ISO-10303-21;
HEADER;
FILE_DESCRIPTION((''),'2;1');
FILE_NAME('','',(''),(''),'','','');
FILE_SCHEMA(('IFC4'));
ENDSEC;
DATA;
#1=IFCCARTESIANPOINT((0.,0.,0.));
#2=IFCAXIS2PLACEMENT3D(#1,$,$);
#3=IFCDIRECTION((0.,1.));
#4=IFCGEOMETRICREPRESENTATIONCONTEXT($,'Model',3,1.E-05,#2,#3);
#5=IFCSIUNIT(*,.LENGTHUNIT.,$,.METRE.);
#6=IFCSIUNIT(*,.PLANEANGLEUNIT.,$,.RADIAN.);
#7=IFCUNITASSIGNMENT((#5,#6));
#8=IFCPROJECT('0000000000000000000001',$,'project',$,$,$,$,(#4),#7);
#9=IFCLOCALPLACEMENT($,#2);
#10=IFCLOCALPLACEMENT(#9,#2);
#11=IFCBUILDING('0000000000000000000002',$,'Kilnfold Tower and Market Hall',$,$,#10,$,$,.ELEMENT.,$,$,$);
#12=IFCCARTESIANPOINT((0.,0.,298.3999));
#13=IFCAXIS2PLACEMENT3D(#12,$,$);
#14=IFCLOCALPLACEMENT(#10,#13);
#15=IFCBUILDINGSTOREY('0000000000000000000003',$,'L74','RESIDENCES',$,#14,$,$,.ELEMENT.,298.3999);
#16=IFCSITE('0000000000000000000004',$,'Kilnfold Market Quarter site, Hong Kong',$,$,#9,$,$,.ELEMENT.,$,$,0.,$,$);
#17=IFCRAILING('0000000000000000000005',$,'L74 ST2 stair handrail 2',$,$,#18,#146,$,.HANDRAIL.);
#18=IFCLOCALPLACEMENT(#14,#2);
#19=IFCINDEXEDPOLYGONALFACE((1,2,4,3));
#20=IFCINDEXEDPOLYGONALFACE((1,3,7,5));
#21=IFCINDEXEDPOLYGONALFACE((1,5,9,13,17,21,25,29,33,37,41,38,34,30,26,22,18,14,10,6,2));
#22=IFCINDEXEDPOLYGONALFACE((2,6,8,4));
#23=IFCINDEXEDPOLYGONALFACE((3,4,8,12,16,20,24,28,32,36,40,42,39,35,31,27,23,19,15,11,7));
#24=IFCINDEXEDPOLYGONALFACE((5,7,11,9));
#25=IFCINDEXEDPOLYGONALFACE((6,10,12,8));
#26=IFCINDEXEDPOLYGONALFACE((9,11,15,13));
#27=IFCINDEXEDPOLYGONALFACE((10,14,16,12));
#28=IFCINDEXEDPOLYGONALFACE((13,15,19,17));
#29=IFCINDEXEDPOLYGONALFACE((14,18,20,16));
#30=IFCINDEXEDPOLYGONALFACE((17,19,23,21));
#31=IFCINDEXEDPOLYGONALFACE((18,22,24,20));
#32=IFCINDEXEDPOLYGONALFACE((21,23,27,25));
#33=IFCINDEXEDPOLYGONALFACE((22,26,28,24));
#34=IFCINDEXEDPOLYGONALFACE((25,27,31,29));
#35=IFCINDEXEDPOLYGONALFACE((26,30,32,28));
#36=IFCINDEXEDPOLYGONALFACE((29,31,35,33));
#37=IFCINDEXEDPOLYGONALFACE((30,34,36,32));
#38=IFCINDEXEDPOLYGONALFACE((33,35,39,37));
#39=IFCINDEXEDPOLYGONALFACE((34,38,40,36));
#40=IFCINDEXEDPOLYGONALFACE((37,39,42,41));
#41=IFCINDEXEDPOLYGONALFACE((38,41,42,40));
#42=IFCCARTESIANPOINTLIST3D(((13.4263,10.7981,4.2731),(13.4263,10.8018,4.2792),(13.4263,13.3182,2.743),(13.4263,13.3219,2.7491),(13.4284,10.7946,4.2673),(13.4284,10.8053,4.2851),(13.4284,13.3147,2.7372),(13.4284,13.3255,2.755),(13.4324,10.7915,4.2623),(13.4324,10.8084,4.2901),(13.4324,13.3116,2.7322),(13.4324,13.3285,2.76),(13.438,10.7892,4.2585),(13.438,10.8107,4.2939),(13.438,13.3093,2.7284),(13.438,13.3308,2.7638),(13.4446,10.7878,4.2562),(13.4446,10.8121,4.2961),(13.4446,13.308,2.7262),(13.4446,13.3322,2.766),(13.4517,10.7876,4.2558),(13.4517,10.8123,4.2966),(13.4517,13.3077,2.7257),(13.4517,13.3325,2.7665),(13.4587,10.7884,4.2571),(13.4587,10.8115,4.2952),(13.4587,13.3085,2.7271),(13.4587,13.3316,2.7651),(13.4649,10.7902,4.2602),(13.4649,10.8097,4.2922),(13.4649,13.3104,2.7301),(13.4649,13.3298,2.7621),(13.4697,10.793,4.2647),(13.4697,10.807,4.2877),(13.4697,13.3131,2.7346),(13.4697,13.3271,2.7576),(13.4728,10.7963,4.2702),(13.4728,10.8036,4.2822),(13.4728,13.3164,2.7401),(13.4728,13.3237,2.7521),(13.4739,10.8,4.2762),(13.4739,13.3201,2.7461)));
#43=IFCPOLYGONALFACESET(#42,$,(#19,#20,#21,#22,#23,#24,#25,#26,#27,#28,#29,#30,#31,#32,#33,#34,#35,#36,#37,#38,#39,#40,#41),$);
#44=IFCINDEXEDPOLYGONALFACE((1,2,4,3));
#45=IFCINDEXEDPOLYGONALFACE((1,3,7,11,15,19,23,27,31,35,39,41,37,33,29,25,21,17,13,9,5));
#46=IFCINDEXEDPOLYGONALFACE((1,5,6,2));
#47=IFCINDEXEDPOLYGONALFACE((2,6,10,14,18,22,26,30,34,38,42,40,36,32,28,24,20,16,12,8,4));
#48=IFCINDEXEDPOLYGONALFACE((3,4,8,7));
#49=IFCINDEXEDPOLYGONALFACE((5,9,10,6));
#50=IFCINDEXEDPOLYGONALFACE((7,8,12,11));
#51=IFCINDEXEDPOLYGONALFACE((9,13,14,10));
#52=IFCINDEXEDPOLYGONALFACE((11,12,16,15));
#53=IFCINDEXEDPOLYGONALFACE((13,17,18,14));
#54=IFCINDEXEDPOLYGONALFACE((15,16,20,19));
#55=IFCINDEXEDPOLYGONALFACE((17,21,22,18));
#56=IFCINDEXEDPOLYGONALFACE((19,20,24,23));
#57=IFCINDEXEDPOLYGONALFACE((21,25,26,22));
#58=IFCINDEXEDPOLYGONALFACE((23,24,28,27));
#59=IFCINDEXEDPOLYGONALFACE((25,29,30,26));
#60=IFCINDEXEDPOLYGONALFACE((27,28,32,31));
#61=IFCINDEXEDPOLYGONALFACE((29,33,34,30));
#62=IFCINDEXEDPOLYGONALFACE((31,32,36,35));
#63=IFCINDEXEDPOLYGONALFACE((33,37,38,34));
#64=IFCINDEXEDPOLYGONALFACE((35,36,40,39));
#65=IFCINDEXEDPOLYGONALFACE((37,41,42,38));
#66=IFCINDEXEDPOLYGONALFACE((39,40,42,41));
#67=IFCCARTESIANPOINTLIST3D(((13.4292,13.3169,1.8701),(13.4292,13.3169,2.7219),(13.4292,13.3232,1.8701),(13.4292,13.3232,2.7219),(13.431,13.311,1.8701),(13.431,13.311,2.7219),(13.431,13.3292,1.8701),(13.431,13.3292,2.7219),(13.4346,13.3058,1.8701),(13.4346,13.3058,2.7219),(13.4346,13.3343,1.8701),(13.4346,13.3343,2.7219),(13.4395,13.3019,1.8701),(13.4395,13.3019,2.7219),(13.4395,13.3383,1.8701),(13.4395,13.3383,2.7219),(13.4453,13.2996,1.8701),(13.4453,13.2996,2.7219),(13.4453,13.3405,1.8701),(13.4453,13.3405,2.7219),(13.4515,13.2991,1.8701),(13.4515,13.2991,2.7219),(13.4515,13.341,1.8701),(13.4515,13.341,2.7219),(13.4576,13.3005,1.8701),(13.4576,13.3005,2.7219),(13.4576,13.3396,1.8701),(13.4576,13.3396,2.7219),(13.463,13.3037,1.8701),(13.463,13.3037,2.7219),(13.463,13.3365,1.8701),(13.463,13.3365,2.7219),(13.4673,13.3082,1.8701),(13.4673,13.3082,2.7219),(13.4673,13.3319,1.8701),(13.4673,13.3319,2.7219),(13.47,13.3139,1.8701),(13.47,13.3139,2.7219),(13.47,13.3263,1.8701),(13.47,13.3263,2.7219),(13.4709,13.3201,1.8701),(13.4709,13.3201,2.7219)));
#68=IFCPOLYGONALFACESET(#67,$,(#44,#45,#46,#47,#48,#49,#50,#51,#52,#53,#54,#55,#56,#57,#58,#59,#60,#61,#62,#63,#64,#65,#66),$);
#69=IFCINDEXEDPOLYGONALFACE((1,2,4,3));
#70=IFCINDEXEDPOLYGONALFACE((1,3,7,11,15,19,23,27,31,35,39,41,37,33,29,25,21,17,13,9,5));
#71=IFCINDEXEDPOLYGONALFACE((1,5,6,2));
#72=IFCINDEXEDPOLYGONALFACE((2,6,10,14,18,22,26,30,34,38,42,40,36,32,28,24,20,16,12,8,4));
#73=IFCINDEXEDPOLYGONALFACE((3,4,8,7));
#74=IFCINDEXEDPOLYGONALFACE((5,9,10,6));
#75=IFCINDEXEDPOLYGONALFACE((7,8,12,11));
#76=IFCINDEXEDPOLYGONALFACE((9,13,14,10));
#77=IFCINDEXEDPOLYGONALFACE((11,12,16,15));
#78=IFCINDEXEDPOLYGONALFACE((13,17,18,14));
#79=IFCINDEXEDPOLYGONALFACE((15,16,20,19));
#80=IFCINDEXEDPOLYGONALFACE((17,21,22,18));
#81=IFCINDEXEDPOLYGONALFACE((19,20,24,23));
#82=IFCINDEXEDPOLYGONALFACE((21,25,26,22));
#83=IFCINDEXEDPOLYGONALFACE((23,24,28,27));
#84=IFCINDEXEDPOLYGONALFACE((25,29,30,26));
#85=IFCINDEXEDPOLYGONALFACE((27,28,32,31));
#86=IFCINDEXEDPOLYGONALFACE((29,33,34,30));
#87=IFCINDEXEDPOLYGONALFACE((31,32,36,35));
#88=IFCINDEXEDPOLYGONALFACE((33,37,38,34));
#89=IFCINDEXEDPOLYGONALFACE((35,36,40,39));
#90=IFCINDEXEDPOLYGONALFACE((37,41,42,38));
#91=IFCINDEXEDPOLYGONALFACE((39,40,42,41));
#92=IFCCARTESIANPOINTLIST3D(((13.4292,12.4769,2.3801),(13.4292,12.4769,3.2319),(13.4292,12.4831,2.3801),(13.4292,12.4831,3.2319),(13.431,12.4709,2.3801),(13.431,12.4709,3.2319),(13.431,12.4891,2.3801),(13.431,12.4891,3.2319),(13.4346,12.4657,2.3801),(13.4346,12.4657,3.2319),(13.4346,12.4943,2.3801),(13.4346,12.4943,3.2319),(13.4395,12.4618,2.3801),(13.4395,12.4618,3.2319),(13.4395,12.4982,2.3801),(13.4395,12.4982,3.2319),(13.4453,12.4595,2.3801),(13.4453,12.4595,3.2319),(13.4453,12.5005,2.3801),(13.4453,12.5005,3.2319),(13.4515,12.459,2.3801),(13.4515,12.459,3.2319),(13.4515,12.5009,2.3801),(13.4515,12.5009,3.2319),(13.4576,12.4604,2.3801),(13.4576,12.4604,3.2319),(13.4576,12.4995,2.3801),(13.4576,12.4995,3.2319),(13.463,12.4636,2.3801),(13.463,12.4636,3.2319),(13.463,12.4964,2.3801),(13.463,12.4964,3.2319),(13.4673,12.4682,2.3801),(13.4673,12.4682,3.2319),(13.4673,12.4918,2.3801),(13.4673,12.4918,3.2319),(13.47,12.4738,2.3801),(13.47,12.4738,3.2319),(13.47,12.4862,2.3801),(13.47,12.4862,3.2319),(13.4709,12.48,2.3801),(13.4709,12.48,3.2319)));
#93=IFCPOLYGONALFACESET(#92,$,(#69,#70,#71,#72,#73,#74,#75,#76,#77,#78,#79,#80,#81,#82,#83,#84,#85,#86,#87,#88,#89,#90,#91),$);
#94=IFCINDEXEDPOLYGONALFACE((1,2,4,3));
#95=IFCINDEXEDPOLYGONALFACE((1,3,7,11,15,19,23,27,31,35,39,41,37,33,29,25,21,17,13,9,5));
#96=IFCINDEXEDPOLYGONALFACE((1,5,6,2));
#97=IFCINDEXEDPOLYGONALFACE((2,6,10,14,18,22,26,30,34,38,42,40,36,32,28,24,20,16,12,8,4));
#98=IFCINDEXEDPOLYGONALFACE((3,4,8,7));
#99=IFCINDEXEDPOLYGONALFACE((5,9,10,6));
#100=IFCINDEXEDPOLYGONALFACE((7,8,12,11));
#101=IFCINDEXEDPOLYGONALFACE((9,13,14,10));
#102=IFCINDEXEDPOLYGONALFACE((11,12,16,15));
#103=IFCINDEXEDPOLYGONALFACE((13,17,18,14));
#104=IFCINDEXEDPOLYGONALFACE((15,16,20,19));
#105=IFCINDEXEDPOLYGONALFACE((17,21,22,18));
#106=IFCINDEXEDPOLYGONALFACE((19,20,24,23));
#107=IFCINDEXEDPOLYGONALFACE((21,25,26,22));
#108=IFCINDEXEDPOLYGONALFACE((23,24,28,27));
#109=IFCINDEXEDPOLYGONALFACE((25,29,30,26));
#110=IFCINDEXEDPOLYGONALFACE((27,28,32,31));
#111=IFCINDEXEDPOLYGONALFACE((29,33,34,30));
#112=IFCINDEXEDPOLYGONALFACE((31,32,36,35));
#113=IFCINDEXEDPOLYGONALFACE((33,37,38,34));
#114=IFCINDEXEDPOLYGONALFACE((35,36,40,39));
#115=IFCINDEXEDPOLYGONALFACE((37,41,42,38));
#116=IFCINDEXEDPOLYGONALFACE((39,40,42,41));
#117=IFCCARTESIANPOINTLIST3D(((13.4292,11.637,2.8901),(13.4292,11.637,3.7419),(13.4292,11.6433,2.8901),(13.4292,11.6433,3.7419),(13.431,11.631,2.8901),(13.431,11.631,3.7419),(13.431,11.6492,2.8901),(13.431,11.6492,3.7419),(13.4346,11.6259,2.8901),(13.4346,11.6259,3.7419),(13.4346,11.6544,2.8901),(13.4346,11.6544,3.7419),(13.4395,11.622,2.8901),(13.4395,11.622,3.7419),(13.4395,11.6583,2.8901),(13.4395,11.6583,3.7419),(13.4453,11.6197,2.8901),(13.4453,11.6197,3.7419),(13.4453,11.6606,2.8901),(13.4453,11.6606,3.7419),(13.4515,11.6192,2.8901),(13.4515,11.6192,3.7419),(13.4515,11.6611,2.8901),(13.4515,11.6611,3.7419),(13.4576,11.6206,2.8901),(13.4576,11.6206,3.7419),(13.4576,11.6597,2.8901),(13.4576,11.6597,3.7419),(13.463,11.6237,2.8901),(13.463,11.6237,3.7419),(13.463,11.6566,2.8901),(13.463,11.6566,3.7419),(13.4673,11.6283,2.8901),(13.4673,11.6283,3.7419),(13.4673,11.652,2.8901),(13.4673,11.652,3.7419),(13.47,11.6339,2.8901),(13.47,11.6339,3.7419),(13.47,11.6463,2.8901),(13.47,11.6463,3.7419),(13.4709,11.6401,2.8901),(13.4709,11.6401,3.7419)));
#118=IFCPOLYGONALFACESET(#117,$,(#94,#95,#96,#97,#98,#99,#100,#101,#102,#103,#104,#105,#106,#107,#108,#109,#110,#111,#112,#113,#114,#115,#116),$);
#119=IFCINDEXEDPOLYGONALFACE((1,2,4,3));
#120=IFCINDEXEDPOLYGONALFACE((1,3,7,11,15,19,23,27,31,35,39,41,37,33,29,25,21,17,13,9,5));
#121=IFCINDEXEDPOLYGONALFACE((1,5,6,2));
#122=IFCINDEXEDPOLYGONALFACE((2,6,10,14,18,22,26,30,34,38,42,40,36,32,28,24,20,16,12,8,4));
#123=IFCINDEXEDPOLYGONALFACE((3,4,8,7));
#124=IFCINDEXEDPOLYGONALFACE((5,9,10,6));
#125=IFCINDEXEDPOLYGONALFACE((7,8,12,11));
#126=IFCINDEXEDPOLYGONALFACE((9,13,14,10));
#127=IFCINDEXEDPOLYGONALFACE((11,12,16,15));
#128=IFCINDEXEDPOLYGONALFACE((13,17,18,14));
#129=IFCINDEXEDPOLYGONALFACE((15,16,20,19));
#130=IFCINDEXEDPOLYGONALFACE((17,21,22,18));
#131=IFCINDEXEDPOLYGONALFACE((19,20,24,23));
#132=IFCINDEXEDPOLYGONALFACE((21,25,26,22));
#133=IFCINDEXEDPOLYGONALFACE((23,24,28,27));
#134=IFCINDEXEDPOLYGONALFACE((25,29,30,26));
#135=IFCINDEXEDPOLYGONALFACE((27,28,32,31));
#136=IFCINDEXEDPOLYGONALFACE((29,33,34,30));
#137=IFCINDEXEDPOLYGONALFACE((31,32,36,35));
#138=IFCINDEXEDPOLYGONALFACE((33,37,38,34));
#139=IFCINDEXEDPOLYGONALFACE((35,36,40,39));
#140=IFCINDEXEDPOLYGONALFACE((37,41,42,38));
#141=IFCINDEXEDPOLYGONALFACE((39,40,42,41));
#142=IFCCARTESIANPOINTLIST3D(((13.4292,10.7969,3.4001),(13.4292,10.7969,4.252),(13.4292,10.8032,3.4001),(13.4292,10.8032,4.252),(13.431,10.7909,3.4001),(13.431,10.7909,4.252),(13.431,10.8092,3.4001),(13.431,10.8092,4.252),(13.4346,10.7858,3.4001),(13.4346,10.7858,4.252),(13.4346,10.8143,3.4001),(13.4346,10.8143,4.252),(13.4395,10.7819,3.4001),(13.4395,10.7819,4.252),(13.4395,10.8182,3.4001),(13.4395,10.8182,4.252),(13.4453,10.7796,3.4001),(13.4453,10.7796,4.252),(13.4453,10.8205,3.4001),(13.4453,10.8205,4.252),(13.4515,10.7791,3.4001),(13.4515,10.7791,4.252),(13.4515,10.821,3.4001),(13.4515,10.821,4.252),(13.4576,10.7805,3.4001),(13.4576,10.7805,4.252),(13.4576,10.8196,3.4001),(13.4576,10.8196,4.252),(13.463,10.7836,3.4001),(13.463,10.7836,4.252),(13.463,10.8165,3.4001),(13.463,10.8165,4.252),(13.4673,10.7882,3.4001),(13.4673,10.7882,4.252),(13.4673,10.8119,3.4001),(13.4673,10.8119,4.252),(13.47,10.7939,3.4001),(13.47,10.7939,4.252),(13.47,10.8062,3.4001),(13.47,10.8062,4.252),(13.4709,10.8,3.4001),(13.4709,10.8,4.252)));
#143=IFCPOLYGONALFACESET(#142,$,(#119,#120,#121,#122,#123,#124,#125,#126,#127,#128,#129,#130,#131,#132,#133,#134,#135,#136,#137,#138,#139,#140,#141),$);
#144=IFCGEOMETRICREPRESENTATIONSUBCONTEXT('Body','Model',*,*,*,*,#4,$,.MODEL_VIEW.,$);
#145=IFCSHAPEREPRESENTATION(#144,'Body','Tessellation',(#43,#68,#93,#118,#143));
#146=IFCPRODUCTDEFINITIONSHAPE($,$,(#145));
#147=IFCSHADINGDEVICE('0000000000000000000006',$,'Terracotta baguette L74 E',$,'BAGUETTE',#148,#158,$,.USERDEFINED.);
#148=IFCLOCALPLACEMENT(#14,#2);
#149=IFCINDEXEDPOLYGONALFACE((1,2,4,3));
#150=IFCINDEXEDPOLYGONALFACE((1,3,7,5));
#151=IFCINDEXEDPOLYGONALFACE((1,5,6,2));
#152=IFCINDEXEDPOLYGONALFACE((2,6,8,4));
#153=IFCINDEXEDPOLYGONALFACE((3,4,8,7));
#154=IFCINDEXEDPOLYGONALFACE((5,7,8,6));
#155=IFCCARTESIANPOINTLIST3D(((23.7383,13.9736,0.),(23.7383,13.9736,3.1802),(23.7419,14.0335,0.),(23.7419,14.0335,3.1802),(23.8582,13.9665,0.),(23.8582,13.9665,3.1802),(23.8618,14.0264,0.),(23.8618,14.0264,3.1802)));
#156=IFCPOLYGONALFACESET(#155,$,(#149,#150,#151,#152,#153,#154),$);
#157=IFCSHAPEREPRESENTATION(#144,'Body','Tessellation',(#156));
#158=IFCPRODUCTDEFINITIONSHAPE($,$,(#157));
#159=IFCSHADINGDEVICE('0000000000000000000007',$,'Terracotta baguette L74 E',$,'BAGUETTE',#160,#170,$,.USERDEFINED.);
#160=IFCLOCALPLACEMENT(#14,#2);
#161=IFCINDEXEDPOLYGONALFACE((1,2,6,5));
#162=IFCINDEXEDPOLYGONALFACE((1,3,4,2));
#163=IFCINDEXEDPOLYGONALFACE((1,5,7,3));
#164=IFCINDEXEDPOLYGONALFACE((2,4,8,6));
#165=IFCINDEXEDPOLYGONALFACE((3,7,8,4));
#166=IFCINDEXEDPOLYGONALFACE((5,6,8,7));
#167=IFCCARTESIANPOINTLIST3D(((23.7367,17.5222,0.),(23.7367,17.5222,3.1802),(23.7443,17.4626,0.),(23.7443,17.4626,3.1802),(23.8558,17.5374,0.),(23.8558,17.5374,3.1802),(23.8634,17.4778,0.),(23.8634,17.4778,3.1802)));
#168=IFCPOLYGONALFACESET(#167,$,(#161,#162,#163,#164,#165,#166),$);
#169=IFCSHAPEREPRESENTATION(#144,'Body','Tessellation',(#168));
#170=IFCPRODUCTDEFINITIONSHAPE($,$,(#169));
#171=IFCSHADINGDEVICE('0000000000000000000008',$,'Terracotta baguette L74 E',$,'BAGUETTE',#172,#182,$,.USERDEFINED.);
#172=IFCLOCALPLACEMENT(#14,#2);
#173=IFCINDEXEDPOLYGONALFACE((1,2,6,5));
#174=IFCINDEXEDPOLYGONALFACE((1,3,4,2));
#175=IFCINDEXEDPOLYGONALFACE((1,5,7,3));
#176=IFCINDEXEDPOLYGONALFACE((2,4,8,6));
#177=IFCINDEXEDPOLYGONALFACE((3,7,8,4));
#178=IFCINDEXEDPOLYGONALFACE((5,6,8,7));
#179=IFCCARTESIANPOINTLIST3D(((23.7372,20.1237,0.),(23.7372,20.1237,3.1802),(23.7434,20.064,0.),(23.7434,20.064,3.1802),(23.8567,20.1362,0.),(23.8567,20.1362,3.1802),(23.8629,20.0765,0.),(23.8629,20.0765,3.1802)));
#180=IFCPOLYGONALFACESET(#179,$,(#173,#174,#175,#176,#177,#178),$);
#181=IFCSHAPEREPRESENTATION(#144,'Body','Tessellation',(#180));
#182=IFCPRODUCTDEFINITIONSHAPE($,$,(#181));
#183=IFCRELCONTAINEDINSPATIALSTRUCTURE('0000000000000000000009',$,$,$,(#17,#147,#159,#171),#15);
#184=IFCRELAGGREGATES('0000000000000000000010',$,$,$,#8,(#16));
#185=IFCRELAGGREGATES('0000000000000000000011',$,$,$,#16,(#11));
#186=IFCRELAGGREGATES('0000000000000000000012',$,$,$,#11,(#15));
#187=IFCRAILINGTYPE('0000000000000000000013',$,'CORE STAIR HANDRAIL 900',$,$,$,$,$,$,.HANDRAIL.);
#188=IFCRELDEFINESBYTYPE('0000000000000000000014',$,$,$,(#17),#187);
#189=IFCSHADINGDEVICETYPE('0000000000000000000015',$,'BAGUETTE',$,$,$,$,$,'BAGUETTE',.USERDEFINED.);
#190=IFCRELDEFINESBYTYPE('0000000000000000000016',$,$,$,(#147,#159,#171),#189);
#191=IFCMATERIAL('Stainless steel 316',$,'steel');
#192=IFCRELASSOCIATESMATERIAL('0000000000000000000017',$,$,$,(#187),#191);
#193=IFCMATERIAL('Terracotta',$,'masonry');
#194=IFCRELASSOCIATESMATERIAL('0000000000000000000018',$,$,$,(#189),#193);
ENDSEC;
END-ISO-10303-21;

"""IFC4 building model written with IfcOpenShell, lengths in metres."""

from ifc_helpers import new_model, si_unit, direction, frame, origin, origin_2d, place, context, subcontext, project, spatial, rectangle, circle, extrude, source, transform, mapped, material, material_profile, profile_set, type_object, element, save


model = new_model("IFC4")

# Units and contexts
model_context = context("Model", 3, precision=1e-05, world=origin(), true_north=direction((0.0, 1.0)))
body_context = subcontext(model_context, "Body", "Model", "MODEL_VIEW")
ifc_project = project(units=[si_unit("LENGTHUNIT", "METRE"), si_unit("PLANEANGLEUNIT", "RADIAN")], contexts=[model_context])

# Site, building, storey
site_placement = place(None, origin())
site = spatial("IfcSite", under=ifc_project, at=site_placement, Name="Kilnfold Market Quarter site, Hong Kong", CompositionType="ELEMENT", RefElevation=0.0)
building_placement = place(site_placement, origin())
building = spatial("IfcBuilding", under=site, at=building_placement, Name="Kilnfold Tower and Market Hall", CompositionType="ELEMENT")
storey_placement = place(building_placement, frame((0.0, 0.0, 298.3999)))
storey = spatial("IfcBuildingStorey", under=building, at=storey_placement, Name="L74", Description="RESIDENCES", CompositionType="ELEMENT", Elevation=298.3999)

# Railing
ifc_material_1 = material(Name="Stainless steel 316", Category="steel")
railing_type = type_object("IfcRailingType", Name="CORE STAIR HANDRAIL 900", PredefinedType="HANDRAIL", material=ifc_material_1)
railing_placement = place(storey_placement, frame((13.45, 13.3201, 1.8701)))
element("IfcRailing", 1, at=railing_placement, inside=storey, type_object=railing_type, Name="L74 ST2 stair handrail 2", PredefinedType="HANDRAIL", context=body_context, shape_type="SweptSolid", body=[
    extrude(circle(Radius=0.0239, at=origin_2d()), frame((0.0, 0.0, 0.876), z_axis=(0.0, -0.854785, 0.518982), x_axis=(1.0, 0.0, 0.0)), (0.0, 0.0, 1.0), 2.9482),
    extrude(circle(Radius=0.021, at=origin_2d()), origin(), (0.0, 0.0, 1.0), 0.8518),
    extrude(circle(Radius=0.021, at=origin_2d()), frame((0.0, -0.8401, 0.51)), (0.0, 0.0, 1.0), 0.8518),
    extrude(circle(Radius=0.021, at=origin_2d()), frame((0.0, -1.6799, 1.02)), (0.0, 0.0, 1.0), 0.8518),
    extrude(circle(Radius=0.021, at=origin_2d()), frame((0.0, -2.52, 1.53)), (0.0, 0.0, 1.0), 0.8518),
])

# Shading devices
ifc_material_2 = material(Name="Terracotta", Category="masonry")
ifc_material_profile_1 = material_profile(ifc_material_2, rectangle(XDim=0.0601, YDim=0.1201, at=origin_2d()), Name="BAG 60x120")
ifc_profile_set_1 = profile_set([ifc_material_profile_1], Name="Terracotta")
shading_device_type = type_object("IfcShadingDeviceType", Name="BAGUETTE", ElementType="BAGUETTE", PredefinedType="USERDEFINED", material=ifc_profile_set_1)
shared_shape_1 = source(origin(), body_context, "Body", "SweptSolid", [
    extrude(rectangle(XDim=0.0601, YDim=0.1201, at=origin_2d()), origin(), (0.0, 0.0, 1.0), 3.1802),
])
for number, where, z_axis, x_axis, name in (
    (2, (23.8, 14.0, 0.0), (0.0, 0.0, 1.0), (0.059317, 0.998239, 0.0), "Terracotta baguette L74 E"),
    (3, (23.8, 17.5, 0.0), (0.0, 0.0, 1.0), (-0.126048, 0.992024, 0.0), "Terracotta baguette L74 E"),
    (4, (23.8, 20.1001, 0.0), (0.0, 0.0, 1.0), (-0.104058, 0.994571, 0.0), "Terracotta baguette L74 E"),
):
    element("IfcShadingDevice", number, at=place(storey_placement, frame(where, z_axis=z_axis, x_axis=x_axis)), inside=storey, type_object=shading_device_type, Name=name, ObjectType="BAGUETTE", PredefinedType="USERDEFINED", context=body_context, shape_type="MappedRepresentation", body=[
        mapped(shared_shape_1, transform((0.0, 0.0, 0.0))),
    ])

save(model, "model.ifc")
